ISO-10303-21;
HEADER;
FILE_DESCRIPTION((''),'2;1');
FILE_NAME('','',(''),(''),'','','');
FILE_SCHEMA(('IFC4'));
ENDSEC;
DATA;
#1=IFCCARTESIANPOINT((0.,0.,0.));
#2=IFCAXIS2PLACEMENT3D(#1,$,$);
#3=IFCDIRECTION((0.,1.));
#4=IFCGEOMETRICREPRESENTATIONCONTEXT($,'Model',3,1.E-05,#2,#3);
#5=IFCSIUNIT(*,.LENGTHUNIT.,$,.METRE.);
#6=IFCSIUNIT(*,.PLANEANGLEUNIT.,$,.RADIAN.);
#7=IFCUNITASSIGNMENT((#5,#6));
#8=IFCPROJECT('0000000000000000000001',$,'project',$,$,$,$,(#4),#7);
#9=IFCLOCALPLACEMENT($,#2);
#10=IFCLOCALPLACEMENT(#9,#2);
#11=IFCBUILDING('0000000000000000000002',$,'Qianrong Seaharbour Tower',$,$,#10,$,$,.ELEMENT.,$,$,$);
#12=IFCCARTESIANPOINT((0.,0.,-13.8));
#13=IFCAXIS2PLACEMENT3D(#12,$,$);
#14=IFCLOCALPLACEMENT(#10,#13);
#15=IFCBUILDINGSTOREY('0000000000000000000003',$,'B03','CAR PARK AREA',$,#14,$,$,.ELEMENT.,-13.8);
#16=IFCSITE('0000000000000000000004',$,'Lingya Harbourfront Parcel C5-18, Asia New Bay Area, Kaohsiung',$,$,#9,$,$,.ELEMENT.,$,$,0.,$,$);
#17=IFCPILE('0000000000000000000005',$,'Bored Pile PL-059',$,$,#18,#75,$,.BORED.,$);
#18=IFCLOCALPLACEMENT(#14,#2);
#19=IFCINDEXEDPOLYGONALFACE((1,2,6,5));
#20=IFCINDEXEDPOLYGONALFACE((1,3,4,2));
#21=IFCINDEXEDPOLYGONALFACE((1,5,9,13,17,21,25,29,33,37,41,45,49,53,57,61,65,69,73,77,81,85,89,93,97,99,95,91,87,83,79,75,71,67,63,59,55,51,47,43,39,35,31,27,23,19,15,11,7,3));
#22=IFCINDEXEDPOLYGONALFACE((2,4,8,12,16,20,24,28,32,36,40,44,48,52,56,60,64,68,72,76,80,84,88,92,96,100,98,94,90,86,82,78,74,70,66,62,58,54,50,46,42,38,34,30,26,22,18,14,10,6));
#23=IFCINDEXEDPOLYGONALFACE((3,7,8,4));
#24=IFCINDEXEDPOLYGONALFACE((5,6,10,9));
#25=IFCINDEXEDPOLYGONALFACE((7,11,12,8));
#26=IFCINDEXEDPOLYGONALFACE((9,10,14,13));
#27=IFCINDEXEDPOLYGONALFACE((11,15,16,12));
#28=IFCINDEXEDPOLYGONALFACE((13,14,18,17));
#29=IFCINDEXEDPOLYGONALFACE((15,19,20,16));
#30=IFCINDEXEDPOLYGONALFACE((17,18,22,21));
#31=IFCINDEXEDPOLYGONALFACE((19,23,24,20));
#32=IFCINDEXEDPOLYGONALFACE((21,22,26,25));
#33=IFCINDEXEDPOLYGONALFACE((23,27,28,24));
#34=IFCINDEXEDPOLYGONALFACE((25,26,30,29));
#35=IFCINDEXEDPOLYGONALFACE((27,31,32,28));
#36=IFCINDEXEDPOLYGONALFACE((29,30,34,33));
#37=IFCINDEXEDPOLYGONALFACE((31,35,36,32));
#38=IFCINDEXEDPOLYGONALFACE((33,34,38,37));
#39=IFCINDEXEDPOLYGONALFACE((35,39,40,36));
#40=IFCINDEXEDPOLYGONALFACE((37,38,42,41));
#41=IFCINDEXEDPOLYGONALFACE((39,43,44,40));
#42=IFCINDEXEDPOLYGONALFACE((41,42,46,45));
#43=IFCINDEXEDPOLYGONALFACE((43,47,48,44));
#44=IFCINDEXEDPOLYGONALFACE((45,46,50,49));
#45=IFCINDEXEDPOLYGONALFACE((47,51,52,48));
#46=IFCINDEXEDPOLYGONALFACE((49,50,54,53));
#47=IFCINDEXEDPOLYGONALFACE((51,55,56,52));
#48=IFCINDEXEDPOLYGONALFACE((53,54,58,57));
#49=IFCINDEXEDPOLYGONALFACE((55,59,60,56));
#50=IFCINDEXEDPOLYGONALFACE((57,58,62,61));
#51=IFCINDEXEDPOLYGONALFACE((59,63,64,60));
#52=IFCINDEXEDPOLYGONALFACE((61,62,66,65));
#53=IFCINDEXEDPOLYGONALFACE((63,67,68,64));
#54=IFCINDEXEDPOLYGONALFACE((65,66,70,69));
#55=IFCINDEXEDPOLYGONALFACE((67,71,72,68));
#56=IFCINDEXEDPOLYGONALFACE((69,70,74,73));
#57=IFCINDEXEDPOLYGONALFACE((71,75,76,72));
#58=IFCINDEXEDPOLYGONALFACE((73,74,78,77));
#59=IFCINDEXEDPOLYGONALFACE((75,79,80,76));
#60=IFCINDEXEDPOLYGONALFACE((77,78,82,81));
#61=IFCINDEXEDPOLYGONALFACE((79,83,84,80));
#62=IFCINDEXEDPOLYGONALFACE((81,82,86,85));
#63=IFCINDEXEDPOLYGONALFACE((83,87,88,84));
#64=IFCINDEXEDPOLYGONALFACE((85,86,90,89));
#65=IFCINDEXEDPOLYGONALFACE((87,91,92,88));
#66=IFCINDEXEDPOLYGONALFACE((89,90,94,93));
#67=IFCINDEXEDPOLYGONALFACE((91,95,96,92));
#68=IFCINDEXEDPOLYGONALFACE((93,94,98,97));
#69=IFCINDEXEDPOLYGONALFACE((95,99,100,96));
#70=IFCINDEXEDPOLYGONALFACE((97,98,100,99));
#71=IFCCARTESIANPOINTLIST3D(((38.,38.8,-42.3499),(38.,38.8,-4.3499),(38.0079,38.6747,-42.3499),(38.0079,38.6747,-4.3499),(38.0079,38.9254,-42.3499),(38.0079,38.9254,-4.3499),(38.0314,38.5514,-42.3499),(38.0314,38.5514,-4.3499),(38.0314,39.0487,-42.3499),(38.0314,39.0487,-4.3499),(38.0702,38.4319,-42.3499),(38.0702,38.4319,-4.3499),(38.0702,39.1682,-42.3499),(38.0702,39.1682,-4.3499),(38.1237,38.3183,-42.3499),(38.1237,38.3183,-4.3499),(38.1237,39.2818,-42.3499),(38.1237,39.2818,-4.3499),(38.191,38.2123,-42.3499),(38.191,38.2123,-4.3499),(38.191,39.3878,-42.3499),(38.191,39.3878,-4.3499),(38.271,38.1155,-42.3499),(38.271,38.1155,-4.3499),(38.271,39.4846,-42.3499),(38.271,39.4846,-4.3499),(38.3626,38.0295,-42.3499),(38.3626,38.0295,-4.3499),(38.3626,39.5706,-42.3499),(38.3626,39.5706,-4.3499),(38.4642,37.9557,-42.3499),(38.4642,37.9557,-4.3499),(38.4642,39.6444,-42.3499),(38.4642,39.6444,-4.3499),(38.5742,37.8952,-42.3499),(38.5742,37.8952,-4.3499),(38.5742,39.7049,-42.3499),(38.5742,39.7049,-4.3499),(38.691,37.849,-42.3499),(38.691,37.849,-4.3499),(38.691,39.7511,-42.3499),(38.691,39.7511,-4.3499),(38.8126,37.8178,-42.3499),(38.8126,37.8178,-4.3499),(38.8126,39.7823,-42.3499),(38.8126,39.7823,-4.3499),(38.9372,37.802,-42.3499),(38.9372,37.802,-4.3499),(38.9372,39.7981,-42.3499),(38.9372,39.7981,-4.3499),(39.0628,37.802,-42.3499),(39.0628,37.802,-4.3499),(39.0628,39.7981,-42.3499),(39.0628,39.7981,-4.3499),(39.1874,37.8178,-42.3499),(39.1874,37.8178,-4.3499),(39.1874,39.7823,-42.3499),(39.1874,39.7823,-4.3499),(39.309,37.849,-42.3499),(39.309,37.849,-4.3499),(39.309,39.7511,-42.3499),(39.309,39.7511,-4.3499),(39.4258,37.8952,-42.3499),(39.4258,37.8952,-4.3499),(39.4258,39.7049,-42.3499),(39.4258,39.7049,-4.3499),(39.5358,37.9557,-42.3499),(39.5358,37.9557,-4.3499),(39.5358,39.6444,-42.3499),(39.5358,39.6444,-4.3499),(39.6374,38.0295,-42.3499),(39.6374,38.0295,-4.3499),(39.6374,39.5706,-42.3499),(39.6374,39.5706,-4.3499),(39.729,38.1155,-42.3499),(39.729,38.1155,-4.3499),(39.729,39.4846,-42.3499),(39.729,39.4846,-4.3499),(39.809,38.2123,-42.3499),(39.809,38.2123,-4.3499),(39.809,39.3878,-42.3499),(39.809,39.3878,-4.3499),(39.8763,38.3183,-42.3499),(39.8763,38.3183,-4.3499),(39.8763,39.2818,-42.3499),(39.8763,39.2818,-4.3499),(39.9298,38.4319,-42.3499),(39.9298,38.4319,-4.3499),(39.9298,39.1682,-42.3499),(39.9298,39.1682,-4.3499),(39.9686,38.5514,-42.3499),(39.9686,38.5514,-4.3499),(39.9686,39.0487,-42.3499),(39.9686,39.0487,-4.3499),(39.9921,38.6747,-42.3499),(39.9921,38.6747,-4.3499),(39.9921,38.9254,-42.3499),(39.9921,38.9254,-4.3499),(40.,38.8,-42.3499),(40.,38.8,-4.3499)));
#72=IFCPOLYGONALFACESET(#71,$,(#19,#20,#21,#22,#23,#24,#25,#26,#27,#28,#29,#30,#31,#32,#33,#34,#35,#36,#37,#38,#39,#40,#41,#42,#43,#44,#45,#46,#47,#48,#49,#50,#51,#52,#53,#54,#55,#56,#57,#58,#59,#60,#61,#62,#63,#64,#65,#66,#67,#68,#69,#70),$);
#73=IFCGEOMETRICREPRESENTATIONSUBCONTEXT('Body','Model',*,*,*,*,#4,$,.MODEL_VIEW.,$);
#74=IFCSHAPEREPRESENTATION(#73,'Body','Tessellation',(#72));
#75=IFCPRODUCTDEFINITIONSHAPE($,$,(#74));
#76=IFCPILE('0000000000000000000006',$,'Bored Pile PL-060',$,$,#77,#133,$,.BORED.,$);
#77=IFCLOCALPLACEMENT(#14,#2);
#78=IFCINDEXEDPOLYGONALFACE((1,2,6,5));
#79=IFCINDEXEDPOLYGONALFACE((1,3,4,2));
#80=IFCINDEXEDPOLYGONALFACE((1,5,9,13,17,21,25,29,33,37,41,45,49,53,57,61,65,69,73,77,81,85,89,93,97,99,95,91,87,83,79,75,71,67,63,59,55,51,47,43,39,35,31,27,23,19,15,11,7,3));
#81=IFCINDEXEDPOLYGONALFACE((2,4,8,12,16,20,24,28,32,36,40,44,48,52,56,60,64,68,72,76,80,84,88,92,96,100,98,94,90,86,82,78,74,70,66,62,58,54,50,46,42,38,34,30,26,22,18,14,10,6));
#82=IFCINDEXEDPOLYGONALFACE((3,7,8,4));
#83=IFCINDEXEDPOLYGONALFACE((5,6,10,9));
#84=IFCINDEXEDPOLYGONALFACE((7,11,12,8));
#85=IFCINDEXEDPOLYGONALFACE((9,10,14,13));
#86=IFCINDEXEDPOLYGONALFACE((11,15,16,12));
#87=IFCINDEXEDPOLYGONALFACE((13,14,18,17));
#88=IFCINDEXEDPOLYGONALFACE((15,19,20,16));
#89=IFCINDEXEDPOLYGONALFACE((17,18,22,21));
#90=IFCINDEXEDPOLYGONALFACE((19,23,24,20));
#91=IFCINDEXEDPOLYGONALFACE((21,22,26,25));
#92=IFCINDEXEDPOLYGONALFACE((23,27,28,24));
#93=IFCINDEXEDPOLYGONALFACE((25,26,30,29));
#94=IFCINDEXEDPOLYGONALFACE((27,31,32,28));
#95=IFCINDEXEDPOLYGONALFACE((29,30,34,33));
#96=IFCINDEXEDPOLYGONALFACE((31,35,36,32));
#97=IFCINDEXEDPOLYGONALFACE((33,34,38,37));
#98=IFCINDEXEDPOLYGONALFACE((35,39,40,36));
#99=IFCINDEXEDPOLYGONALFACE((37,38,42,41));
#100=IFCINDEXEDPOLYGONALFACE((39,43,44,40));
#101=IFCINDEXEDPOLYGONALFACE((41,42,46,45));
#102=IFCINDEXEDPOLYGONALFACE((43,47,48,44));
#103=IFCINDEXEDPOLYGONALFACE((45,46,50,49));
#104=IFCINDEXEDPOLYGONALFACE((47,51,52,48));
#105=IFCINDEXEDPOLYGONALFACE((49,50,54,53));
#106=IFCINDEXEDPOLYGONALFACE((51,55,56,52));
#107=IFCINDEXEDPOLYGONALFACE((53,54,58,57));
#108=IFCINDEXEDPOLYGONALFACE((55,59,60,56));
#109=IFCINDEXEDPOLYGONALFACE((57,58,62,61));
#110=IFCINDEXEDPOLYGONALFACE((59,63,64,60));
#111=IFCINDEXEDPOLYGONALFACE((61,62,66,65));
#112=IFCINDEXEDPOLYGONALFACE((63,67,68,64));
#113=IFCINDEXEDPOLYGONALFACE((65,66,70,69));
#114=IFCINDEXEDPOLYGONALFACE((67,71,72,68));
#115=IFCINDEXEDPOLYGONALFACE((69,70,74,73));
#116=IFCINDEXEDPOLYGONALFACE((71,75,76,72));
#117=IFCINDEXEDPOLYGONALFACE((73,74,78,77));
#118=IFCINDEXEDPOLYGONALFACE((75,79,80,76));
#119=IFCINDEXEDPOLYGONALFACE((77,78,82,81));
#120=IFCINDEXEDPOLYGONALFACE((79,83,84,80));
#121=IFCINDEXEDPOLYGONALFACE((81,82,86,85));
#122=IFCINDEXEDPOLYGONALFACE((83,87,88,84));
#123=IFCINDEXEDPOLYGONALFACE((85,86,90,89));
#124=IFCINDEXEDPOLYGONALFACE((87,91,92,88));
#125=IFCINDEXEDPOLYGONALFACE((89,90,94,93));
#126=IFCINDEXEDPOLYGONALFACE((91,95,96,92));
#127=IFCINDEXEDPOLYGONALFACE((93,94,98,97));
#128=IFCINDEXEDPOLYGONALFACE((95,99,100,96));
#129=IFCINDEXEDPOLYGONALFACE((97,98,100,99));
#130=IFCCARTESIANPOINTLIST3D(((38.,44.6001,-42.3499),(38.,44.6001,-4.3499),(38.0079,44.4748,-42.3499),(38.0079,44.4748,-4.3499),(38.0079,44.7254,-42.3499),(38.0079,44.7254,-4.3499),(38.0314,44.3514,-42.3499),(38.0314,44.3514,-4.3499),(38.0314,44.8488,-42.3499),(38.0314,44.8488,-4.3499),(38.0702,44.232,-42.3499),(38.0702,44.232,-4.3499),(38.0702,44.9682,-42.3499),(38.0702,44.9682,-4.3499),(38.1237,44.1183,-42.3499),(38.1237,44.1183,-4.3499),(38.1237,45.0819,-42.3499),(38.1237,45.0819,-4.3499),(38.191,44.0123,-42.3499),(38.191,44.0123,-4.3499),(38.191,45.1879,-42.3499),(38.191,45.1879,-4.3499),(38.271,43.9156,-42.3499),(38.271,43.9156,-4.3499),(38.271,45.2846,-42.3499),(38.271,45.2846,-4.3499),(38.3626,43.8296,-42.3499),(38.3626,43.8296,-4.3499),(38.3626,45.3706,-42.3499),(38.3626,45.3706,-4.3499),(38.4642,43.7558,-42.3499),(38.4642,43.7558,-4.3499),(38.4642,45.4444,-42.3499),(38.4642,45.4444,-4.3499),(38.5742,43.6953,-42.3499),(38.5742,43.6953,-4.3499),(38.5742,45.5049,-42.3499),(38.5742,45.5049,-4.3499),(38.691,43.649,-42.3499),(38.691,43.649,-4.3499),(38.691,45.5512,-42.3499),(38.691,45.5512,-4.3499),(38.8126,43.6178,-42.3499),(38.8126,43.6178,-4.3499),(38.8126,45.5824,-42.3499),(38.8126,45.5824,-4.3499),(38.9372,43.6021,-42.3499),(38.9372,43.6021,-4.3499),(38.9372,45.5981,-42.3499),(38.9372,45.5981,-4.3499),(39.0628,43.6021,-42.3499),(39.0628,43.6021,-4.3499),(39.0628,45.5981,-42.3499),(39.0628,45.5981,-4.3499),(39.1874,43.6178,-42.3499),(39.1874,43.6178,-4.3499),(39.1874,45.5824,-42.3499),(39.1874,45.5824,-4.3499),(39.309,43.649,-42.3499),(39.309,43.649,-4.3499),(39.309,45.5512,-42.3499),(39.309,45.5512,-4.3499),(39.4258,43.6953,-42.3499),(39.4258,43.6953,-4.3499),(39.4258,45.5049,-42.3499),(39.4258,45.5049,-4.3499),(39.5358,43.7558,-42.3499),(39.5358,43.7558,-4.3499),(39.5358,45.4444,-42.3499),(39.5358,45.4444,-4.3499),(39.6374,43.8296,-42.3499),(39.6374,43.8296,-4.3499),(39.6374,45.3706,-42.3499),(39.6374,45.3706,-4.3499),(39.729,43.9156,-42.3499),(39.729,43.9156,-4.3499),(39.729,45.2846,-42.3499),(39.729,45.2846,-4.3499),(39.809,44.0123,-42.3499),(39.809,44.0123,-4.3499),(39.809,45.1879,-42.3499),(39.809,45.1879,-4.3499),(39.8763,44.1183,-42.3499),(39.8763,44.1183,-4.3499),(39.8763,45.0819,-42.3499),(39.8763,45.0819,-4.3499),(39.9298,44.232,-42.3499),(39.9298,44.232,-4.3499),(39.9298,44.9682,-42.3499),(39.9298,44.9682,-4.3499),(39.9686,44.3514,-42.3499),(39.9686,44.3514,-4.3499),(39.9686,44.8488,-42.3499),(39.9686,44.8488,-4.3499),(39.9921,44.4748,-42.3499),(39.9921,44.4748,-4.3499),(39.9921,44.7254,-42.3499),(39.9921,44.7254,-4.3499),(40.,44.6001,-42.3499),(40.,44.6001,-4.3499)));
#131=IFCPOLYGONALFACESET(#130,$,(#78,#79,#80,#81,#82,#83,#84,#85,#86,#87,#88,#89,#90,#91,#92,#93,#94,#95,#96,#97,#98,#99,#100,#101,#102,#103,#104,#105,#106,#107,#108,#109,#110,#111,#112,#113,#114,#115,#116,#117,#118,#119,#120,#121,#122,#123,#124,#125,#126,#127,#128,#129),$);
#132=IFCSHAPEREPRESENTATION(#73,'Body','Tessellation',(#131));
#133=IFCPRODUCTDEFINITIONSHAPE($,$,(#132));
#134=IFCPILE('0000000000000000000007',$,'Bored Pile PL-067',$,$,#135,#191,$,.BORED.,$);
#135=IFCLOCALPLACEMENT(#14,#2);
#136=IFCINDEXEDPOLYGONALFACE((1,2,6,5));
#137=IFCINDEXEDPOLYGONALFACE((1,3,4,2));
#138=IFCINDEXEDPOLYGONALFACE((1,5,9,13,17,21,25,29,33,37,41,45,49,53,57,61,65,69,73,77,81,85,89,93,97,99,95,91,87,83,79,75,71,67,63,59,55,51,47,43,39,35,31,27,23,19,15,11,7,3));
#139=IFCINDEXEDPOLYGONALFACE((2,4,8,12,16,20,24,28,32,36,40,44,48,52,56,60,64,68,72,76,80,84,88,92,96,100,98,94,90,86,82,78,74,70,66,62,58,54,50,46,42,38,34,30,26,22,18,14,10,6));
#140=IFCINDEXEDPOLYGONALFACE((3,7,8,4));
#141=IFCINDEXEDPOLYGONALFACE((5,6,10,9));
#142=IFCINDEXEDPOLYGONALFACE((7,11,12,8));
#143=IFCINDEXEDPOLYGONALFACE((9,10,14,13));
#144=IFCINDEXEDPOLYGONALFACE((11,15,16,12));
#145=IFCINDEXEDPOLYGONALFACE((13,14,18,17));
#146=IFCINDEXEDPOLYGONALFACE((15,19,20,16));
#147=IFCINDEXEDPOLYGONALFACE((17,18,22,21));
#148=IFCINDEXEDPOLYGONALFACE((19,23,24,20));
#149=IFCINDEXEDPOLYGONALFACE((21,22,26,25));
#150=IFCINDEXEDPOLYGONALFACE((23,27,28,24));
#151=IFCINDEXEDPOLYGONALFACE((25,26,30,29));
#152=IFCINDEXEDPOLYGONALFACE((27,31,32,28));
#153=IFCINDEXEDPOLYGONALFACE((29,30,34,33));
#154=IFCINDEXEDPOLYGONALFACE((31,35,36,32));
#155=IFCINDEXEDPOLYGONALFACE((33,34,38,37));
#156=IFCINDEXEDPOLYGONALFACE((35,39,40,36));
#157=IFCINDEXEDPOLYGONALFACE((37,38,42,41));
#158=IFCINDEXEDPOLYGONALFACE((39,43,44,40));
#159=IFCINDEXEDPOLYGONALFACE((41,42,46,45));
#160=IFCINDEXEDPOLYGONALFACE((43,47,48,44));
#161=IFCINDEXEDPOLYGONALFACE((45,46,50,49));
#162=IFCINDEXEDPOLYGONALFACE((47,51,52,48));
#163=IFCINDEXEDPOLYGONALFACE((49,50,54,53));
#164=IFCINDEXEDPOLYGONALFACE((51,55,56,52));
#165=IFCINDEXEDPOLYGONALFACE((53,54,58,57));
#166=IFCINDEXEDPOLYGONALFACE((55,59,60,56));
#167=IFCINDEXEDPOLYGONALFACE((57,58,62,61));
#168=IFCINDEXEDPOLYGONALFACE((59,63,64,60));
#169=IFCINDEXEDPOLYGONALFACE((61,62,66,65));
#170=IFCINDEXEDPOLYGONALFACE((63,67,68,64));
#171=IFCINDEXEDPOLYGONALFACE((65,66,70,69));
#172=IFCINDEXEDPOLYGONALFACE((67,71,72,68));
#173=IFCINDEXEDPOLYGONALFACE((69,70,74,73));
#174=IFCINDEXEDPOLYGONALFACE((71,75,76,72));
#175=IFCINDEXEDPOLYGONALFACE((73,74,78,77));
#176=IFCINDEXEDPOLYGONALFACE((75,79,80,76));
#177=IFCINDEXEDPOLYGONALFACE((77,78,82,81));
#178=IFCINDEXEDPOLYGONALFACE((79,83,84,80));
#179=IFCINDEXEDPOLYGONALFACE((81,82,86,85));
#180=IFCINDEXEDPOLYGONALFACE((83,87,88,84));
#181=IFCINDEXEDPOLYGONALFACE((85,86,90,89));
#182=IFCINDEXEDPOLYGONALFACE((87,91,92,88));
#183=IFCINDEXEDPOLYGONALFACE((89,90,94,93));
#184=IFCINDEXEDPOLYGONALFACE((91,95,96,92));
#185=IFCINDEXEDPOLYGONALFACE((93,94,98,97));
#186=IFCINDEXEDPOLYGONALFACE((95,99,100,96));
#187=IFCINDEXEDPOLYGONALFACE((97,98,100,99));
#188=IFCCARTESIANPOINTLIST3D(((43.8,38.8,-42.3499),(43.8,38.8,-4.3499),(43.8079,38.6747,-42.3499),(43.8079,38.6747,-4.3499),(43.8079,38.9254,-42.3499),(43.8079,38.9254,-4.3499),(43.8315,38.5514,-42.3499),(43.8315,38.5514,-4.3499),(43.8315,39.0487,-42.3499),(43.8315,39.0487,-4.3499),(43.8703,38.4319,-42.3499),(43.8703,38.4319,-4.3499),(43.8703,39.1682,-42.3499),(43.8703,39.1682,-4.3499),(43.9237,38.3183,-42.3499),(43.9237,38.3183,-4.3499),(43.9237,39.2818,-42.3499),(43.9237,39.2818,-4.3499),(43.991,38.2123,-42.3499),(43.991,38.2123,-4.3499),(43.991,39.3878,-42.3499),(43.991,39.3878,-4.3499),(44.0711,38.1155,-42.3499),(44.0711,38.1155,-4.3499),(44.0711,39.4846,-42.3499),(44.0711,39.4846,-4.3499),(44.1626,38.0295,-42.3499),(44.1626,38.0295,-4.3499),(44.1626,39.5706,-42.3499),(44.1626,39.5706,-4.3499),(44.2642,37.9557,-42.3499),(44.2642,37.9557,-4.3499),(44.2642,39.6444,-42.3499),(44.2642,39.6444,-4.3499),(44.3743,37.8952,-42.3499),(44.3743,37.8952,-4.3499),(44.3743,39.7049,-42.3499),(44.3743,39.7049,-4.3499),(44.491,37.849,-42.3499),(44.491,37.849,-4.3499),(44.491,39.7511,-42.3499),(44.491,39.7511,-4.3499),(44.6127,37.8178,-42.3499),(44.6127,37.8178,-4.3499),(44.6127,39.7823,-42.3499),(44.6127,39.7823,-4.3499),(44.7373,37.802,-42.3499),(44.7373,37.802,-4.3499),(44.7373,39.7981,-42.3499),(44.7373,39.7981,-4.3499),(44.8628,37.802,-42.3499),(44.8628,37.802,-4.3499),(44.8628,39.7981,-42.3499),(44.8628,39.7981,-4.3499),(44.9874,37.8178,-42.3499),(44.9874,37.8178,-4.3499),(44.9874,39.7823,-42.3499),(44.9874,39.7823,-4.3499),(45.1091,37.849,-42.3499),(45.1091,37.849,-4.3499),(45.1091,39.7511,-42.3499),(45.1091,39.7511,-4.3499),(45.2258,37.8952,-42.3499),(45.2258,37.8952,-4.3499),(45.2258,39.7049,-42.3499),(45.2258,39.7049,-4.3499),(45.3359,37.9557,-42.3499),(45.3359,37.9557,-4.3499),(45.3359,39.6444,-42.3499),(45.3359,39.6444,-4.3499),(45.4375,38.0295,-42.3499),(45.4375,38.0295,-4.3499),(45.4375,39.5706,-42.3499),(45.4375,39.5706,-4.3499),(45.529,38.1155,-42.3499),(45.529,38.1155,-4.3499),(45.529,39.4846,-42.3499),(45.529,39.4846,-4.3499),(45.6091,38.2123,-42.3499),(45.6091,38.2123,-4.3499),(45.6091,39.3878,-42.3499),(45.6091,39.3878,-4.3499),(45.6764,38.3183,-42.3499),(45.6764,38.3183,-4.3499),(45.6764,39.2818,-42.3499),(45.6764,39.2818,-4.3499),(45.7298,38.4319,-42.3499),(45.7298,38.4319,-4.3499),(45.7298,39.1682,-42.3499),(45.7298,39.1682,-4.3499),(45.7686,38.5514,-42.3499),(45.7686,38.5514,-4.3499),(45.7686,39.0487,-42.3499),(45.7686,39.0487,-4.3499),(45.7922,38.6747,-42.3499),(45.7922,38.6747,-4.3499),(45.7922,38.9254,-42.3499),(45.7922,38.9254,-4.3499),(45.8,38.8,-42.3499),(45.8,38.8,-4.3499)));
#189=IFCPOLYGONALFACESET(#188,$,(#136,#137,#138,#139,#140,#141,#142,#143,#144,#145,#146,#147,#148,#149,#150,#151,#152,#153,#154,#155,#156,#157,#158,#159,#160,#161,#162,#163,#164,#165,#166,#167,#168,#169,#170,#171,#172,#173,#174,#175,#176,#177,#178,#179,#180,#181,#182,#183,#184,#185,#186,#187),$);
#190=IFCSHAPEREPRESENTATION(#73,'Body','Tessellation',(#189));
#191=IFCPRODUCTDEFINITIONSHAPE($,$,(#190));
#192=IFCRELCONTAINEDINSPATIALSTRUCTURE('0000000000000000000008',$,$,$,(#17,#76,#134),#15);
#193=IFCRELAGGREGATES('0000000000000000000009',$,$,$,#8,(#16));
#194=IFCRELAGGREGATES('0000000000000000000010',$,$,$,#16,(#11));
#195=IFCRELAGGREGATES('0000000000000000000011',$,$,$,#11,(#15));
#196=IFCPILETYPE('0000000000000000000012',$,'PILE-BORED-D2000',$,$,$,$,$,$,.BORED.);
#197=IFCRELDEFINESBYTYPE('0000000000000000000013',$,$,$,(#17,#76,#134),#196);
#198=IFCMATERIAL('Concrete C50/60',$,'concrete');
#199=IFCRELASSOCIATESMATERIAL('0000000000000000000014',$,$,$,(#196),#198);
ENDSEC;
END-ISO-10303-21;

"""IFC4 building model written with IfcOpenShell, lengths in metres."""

from ifc_helpers import new_model, si_unit, direction, frame, origin, origin_2d, place, context, subcontext, project, spatial, circle, extrude, material, material_profile, profile_set, type_object, element, save


model = new_model("IFC4")

# Units and contexts
model_context = context("Model", 3, precision=1e-05, world=origin(), true_north=direction((0.0, 1.0)))
body_context = subcontext(model_context, "Body", "Model", "MODEL_VIEW")
ifc_project = project(units=[si_unit("LENGTHUNIT", "METRE"), si_unit("PLANEANGLEUNIT", "RADIAN")], contexts=[model_context])

# Site, building, storey
site_placement = place(None, origin())
site = spatial("IfcSite", under=ifc_project, at=site_placement, Name="Lingya Harbourfront Parcel C5-18, Asia New Bay Area, Kaohsiung", CompositionType="ELEMENT", RefElevation=0.0)
building_placement = place(site_placement, origin())
building = spatial("IfcBuilding", under=site, at=building_placement, Name="Qianrong Seaharbour Tower", CompositionType="ELEMENT")
storey_placement = place(building_placement, frame((0.0, 0.0, -13.8)))
storey = spatial("IfcBuildingStorey", under=building, at=storey_placement, Name="B03", Description="CAR PARK AREA", CompositionType="ELEMENT", Elevation=-13.8)

# Piles
ifc_material_1 = material(Name="Concrete C50/60", Category="concrete")
ifc_material_profile_1 = material_profile(ifc_material_1, circle(Radius=1.0, at=origin_2d()), Name="PILE-D2000")
ifc_profile_set_1 = profile_set([ifc_material_profile_1], Name="Concrete C50/60")
pile_type = type_object("IfcPileType", Name="PILE-BORED-D2000", PredefinedType="BORED", material=ifc_profile_set_1)
for number, where, z_axis, x_axis, name in (
    (1, (39.0, 38.8, -4.3499), (0.0, 0.0, -1.0), (1.0, 0.0, 0.0), "Bored Pile PL-059"),
    (2, (39.0, 44.6001, -4.3499), (0.0, 0.0, -1.0), (1.0, 0.0, 0.0), "Bored Pile PL-060"),
    (3, (44.8, 38.8, -4.3499), (0.0, 0.0, -1.0), (1.0, 0.0, 0.0), "Bored Pile PL-067"),
):
    element("IfcPile", number, at=place(storey_placement, frame(where, z_axis=z_axis, x_axis=x_axis)), inside=storey, type_object=pile_type, Name=name, PredefinedType="BORED", context=body_context, shape_type="SweptSolid", body=[
        extrude(circle(Radius=1.0, at=origin_2d()), origin(), (0.0, 0.0, 1.0), 38.0),
    ])

save(model, "model.ifc")
